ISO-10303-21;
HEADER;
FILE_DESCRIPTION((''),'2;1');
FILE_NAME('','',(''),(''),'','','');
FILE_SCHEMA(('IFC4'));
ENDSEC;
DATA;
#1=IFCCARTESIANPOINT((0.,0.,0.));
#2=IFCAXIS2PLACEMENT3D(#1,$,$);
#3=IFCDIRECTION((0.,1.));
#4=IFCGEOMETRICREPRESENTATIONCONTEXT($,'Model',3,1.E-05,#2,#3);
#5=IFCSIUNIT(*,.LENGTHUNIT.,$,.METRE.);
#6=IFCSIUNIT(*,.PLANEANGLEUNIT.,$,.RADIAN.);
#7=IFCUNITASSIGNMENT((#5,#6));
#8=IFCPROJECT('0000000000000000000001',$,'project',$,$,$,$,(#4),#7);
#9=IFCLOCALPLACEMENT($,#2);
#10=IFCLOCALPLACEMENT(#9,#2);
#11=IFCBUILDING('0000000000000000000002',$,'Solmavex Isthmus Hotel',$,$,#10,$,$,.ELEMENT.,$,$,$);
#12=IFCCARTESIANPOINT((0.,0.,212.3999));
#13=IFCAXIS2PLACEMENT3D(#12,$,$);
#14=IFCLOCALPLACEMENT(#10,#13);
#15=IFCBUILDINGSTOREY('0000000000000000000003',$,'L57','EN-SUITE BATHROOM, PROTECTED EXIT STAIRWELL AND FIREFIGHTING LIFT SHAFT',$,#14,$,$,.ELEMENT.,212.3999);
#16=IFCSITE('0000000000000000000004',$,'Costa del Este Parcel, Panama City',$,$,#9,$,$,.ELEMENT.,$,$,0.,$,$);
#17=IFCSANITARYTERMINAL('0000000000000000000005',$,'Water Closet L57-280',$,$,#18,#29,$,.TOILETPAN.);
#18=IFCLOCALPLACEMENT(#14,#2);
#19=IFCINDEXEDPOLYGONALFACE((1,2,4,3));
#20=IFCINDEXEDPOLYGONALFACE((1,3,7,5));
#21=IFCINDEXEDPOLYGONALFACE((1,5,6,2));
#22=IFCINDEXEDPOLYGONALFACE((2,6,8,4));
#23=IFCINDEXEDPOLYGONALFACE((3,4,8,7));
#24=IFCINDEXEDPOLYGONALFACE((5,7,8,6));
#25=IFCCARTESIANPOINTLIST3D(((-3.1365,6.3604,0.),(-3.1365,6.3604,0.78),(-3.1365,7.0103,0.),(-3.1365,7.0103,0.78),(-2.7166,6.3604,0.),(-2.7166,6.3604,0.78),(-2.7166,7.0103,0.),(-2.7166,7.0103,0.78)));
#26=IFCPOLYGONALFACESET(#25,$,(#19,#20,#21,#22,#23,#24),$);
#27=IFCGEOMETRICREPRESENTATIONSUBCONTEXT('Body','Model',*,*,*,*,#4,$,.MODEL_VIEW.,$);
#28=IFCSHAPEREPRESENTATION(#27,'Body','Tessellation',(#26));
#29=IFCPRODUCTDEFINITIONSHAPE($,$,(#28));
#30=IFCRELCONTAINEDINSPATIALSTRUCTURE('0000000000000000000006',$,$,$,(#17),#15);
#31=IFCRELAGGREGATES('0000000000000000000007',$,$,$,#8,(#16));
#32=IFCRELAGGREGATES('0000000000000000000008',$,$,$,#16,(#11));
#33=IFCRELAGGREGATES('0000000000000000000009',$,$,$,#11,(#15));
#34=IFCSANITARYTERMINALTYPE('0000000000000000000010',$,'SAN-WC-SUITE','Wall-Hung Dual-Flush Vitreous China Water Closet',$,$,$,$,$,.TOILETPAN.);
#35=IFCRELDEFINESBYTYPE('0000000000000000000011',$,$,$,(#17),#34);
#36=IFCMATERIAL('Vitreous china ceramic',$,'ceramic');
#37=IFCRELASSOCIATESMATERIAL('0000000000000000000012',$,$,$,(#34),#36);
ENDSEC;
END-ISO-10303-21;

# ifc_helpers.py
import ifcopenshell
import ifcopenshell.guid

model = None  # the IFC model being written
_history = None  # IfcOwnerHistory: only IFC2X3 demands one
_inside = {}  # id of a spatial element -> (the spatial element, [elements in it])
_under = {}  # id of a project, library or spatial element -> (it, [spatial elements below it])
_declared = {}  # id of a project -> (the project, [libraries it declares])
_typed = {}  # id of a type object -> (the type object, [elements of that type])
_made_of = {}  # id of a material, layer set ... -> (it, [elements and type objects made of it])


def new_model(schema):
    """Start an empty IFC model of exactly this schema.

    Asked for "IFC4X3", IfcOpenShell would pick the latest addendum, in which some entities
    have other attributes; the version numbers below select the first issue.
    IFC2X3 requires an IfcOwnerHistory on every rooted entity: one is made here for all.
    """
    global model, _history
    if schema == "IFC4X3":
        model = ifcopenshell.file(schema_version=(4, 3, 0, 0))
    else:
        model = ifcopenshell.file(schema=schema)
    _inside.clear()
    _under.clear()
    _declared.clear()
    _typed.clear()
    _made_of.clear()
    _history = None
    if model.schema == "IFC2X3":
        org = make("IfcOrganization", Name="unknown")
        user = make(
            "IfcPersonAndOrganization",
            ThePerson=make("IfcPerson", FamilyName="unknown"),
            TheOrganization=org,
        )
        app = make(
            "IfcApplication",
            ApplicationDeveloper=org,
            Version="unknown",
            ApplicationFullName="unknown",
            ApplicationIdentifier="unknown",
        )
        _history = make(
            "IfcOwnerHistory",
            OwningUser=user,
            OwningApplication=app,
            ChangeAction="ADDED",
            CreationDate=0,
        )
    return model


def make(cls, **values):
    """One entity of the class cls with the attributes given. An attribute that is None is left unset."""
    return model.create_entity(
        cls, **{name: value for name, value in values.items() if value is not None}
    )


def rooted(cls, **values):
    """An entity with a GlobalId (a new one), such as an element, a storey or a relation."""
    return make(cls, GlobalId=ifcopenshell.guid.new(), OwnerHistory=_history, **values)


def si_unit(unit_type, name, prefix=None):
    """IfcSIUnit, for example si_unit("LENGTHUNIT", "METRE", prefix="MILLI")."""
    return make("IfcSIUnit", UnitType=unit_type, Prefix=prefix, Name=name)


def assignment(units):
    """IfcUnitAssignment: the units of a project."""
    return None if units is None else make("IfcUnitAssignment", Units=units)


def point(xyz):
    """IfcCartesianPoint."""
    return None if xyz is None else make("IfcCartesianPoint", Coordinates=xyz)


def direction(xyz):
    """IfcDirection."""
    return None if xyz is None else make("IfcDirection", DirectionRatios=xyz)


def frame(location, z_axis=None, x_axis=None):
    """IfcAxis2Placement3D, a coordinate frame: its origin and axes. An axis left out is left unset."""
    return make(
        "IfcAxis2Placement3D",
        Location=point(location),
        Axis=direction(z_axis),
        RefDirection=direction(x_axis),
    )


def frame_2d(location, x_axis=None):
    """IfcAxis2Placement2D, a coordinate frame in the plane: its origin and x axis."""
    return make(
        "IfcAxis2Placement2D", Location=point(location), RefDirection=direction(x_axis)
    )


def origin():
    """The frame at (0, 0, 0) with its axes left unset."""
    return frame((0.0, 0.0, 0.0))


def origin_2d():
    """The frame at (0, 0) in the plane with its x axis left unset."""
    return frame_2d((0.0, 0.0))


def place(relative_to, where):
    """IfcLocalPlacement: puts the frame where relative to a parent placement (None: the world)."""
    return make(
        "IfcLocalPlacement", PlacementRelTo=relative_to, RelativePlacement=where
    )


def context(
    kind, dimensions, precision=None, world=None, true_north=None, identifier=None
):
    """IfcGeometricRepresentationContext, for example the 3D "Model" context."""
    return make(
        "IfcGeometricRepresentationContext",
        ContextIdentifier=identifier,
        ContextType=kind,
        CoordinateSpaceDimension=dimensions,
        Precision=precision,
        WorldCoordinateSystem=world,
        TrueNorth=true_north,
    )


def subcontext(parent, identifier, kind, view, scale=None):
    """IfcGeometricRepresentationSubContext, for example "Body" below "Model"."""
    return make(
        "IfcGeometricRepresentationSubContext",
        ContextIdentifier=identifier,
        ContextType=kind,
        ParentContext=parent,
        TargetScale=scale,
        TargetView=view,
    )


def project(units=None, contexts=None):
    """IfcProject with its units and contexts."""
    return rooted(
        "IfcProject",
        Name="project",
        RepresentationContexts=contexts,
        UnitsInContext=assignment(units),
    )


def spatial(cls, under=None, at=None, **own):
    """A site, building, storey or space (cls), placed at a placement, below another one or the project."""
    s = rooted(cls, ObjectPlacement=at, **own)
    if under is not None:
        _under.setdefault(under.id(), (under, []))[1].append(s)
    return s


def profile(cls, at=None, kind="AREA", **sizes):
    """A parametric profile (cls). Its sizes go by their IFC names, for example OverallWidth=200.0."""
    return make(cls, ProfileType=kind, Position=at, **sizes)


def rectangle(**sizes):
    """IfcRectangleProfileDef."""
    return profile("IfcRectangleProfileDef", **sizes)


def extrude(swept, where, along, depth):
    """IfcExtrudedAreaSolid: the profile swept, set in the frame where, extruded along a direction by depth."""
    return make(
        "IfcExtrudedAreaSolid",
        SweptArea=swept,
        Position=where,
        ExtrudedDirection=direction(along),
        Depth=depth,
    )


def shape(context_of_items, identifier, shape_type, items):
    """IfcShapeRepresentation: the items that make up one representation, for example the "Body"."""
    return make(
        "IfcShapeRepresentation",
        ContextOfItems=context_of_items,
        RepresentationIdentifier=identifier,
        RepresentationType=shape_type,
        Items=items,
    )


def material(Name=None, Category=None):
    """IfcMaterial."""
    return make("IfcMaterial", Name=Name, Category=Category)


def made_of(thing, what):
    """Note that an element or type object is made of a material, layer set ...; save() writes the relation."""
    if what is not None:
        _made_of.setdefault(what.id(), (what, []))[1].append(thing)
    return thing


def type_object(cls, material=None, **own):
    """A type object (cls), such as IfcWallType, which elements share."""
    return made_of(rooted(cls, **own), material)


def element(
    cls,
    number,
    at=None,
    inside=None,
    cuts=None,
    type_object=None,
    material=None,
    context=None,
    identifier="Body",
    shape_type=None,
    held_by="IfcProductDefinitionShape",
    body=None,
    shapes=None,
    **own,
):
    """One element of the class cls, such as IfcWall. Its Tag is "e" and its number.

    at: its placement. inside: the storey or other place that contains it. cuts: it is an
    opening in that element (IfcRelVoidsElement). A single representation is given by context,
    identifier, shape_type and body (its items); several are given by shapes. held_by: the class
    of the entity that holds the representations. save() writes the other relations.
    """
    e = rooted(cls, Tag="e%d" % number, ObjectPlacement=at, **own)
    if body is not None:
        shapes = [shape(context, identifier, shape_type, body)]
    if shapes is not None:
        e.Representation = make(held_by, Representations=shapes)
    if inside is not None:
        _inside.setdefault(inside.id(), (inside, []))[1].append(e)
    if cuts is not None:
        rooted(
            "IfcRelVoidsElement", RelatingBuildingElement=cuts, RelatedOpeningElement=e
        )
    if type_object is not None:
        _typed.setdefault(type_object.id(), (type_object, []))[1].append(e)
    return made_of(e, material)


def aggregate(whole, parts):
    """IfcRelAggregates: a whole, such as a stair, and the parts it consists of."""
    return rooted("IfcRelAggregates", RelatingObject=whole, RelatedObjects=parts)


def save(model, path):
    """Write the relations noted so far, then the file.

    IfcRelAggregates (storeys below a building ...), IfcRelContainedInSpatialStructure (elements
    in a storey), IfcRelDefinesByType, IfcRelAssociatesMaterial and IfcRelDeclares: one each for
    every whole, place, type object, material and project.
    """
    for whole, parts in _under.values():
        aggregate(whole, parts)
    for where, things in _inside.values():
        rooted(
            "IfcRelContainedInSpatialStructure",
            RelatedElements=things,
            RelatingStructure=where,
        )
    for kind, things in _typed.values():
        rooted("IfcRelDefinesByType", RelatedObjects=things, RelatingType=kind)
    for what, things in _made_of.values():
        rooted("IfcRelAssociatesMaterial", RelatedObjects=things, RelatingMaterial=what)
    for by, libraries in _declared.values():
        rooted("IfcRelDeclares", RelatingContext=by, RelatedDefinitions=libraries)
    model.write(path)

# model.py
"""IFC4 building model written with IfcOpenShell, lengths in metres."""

from ifc_helpers import new_model, si_unit, direction, frame, origin, origin_2d, place, context, subcontext, project, spatial, rectangle, extrude, material, type_object, element, save


model = new_model("IFC4")

# Units and contexts
model_context = context("Model", 3, precision=1e-05, world=origin(), true_north=direction((0.0, 1.0)))
body_context = subcontext(model_context, "Body", "Model", "MODEL_VIEW")
ifc_project = project(units=[si_unit("LENGTHUNIT", "METRE"), si_unit("PLANEANGLEUNIT", "RADIAN")], contexts=[model_context])

# Site, building, storey
site_placement = place(None, origin())
site = spatial("IfcSite", under=ifc_project, at=site_placement, Name="Costa del Este Parcel, Panama City", CompositionType="ELEMENT", RefElevation=0.0)
building_placement = place(site_placement, origin())
building = spatial("IfcBuilding", under=site, at=building_placement, Name="Solmavex Isthmus Hotel", CompositionType="ELEMENT")
storey_placement = place(building_placement, frame((0.0, 0.0, 212.3999)))
storey = spatial("IfcBuildingStorey", under=building, at=storey_placement, Name="L57", Description="EN-SUITE BATHROOM, PROTECTED EXIT STAIRWELL AND FIREFIGHTING LIFT SHAFT", CompositionType="ELEMENT", Elevation=212.3999)

# Sanitary terminal
ifc_material_1 = material(Name="Vitreous china ceramic", Category="ceramic")
sanitary_terminal_type_1 = type_object("IfcSanitaryTerminalType", Name="SAN-WC-SUITE", Description="Wall-Hung Dual-Flush Vitreous China Water Closet", PredefinedType="TOILETPAN", material=ifc_material_1)
sanitary_terminal_1_placement = place(storey_placement, frame((-2.9265, 6.6853, 0.0), z_axis=(0.0, 0.0, 1.0), x_axis=(1.0, 0.0, 0.0)))
element("IfcSanitaryTerminal", 1, at=sanitary_terminal_1_placement, inside=storey, type_object=sanitary_terminal_type_1, Name="Water Closet L57-280", PredefinedType="TOILETPAN", context=body_context, shape_type="SweptSolid", body=[
    extrude(rectangle(XDim=0.4199, YDim=0.6499, at=origin_2d()), origin(), (0.0, 0.0, 1.0), 0.78),
])

save(model, "model.ifc")
